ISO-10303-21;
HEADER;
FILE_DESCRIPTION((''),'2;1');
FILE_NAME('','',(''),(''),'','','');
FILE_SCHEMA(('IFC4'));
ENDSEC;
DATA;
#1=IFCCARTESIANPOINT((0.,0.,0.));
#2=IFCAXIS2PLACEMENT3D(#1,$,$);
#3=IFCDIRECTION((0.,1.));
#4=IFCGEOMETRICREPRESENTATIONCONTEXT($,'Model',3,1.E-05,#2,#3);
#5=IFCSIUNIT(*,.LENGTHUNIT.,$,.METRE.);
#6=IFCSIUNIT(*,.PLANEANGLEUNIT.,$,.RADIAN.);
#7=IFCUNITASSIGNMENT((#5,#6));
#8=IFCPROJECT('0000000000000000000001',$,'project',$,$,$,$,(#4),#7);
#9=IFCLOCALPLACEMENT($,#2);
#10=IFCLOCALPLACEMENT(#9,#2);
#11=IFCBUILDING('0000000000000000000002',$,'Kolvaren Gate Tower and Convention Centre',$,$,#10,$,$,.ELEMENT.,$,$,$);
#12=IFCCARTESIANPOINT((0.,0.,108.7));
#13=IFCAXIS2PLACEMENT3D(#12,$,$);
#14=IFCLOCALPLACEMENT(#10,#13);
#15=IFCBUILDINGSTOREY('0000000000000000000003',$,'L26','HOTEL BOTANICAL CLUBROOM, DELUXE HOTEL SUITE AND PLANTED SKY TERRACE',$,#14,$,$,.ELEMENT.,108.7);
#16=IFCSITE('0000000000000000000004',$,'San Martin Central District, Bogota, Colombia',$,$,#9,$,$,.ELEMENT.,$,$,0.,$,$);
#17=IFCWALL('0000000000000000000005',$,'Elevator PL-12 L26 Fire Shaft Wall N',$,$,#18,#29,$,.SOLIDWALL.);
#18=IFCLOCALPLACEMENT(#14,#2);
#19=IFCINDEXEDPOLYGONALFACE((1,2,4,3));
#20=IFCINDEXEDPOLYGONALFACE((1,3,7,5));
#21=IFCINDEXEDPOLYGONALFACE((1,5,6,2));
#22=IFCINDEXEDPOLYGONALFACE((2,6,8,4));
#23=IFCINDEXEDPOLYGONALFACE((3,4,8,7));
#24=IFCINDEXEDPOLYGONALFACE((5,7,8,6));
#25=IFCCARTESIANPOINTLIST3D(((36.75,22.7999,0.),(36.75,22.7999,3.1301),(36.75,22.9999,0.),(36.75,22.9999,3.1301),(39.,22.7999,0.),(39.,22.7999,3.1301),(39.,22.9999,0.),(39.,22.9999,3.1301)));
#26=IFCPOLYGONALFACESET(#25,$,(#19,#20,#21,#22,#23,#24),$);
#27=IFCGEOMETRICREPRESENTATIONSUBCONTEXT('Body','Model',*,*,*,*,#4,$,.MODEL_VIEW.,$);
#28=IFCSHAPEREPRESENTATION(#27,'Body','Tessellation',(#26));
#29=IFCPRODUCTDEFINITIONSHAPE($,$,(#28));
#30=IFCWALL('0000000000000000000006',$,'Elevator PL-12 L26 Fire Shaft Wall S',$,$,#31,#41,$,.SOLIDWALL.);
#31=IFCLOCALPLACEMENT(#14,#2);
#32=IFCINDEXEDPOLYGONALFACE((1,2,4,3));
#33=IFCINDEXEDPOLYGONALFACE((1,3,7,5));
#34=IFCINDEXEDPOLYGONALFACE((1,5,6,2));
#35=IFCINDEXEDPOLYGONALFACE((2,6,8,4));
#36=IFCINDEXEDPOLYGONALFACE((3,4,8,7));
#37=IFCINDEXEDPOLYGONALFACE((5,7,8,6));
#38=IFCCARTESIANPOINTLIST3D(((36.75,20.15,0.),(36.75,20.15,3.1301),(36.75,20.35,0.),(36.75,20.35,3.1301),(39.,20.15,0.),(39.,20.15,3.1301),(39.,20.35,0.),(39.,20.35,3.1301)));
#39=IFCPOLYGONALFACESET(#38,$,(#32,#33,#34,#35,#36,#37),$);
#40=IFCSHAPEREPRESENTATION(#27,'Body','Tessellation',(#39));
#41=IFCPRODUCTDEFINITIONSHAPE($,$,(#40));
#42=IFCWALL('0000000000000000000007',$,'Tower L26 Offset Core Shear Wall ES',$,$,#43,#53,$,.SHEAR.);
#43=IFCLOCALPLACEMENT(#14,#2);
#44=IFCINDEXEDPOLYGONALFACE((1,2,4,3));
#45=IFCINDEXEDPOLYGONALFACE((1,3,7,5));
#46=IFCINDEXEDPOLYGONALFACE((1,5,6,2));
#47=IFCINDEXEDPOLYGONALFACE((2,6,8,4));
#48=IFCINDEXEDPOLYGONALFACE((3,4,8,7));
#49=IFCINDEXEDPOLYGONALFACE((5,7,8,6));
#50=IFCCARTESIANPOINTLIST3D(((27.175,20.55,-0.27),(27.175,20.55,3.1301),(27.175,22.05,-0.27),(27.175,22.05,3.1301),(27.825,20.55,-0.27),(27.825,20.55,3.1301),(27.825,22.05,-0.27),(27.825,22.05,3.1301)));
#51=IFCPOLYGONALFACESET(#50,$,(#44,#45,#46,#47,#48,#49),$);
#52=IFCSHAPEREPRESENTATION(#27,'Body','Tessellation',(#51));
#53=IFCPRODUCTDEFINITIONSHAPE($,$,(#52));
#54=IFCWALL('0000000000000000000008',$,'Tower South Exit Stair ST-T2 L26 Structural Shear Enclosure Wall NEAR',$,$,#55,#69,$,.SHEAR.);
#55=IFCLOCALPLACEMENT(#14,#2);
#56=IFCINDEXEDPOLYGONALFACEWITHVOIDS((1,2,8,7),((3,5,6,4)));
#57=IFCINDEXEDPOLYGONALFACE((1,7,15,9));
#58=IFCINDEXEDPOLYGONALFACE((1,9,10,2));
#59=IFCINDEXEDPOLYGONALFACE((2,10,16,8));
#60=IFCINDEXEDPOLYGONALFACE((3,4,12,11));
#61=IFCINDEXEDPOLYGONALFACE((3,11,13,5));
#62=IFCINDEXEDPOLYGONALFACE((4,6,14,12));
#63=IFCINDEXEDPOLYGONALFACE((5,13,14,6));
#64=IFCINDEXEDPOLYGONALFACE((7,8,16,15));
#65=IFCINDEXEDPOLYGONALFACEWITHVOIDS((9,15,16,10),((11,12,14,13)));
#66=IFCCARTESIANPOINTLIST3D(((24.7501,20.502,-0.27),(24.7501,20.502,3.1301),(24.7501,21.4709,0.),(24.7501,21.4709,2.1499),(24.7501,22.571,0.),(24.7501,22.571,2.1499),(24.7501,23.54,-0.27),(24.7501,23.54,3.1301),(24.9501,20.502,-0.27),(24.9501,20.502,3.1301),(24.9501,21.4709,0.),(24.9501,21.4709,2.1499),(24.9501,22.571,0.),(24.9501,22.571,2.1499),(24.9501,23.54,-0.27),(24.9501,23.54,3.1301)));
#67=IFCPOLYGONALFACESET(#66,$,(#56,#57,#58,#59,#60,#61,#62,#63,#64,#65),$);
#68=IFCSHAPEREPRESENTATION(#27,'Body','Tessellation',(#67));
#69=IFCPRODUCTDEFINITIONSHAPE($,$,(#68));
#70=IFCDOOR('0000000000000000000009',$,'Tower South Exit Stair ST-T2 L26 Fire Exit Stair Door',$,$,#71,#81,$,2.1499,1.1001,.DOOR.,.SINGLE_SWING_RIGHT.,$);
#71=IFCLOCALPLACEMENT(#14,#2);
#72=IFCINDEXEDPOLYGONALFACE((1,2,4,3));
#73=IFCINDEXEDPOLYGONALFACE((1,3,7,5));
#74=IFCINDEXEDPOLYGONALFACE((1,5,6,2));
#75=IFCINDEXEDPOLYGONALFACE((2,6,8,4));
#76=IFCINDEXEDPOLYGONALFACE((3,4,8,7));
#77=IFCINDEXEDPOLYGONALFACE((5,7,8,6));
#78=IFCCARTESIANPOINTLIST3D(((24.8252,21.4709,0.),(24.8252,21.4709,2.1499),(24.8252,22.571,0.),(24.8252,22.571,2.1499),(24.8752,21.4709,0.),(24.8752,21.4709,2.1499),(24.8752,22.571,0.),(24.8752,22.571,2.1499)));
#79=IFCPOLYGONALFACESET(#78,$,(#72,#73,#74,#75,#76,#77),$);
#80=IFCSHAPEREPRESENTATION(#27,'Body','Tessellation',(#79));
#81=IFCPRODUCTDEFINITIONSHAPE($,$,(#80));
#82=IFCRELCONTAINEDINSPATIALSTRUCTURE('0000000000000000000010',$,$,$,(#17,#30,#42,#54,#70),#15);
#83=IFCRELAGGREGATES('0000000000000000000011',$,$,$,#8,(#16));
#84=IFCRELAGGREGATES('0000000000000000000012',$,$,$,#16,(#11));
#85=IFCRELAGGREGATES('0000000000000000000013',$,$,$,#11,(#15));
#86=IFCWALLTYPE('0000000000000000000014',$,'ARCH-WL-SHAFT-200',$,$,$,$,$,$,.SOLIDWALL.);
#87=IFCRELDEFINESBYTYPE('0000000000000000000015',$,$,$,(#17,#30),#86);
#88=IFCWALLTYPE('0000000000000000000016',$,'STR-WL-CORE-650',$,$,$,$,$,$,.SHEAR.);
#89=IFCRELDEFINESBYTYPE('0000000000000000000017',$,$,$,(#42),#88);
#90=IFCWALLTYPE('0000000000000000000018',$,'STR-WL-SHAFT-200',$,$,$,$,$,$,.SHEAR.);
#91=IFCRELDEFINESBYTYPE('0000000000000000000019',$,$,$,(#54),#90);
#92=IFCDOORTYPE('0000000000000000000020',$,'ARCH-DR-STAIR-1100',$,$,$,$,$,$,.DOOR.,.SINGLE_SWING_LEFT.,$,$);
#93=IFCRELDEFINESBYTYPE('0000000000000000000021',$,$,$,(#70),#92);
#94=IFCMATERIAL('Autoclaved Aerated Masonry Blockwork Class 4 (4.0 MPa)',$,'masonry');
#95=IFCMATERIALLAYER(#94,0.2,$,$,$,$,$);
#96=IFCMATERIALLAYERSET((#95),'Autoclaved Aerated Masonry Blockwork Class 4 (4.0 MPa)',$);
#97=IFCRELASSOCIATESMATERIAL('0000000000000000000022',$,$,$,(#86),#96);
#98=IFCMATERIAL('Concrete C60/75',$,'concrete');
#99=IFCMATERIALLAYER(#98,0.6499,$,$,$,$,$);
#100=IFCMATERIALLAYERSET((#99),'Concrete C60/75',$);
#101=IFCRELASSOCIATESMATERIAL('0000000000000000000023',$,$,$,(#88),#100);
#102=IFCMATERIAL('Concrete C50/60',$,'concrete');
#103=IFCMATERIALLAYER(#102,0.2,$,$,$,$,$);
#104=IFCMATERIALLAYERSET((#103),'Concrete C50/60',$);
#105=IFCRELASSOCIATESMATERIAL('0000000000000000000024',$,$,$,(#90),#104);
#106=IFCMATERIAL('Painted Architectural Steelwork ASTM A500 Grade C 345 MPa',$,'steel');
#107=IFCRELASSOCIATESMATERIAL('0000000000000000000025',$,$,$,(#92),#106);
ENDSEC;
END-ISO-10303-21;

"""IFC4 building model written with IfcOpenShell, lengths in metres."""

from ifc_helpers import new_model, si_unit, direction, frame, frame_2d, origin, place, context, subcontext, project, spatial, rectangle, extrude, material, layer, layer_set, type_object, element, fill, save


model = new_model("IFC4")

# Units and contexts
model_context = context("Model", 3, precision=1e-05, world=origin(), true_north=direction((0.0, 1.0)))
body_context = subcontext(model_context, "Body", "Model", "MODEL_VIEW")
ifc_project = project(units=[si_unit("LENGTHUNIT", "METRE"), si_unit("PLANEANGLEUNIT", "RADIAN")], contexts=[model_context])

# Site, building, storey
site_placement = place(None, origin())
site = spatial("IfcSite", under=ifc_project, at=site_placement, Name="San Martin Central District, Bogota, Colombia", CompositionType="ELEMENT", RefElevation=0.0)
building_placement = place(site_placement, origin())
building = spatial("IfcBuilding", under=site, at=building_placement, Name="Kolvaren Gate Tower and Convention Centre", CompositionType="ELEMENT")
storey_placement = place(building_placement, frame((0.0, 0.0, 108.7)))
storey = spatial("IfcBuildingStorey", under=building, at=storey_placement, Name="L26", Description="HOTEL BOTANICAL CLUBROOM, DELUXE HOTEL SUITE AND PLANTED SKY TERRACE", CompositionType="ELEMENT", Elevation=108.7)

# Shared definitions
ifc_material_1 = material(Name="Autoclaved Aerated Masonry Blockwork Class 4 (4.0 MPa)", Category="masonry")

# Shared definitions
ifc_material_2 = material(Name="Painted Architectural Steelwork ASTM A500 Grade C 345 MPa", Category="steel")

# Shared definitions
ifc_layer_1 = layer(ifc_material_1, 0.2)
ifc_layer_set_1 = layer_set([ifc_layer_1], Name="Autoclaved Aerated Masonry Blockwork Class 4 (4.0 MPa)")
wall_type_1 = type_object("IfcWallType", Name="ARCH-WL-SHAFT-200", PredefinedType="SOLIDWALL", material=ifc_layer_set_1)

# Walls
for number, where, z_axis, x_axis, name in (
    (1, (36.75, 22.8999, 0.0), (0.0, 0.0, 1.0), (1.0, 0.0, 0.0), "Elevator PL-12 L26 Fire Shaft Wall N"),
    (2, (36.75, 20.25, 0.0), (0.0, 0.0, 1.0), (1.0, 0.0, 0.0), "Elevator PL-12 L26 Fire Shaft Wall S"),
):
    element("IfcWall", number, at=place(storey_placement, frame(where, z_axis=z_axis, x_axis=x_axis)), inside=storey, type_object=wall_type_1, Name=name, PredefinedType="SOLIDWALL", context=body_context, shape_type="SweptSolid", body=[
        extrude(rectangle(XDim=2.25, YDim=0.2, at=frame_2d((1.125, 0.0))), origin(), (0.0, 0.0, 1.0), 3.1301),
    ])
ifc_material_3 = material(Name="Concrete C60/75", Category="concrete")
ifc_layer_2 = layer(ifc_material_3, 0.6499)
ifc_layer_set_2 = layer_set([ifc_layer_2], Name="Concrete C60/75")
wall_type_2 = type_object("IfcWallType", Name="STR-WL-CORE-650", PredefinedType="SHEAR", material=ifc_layer_set_2)
wall_1_placement = place(storey_placement, frame((27.5, 20.55, -0.27), z_axis=(0.0, 0.0, 1.0), x_axis=(0.0, 1.0, 0.0)))
element("IfcWall", 3, at=wall_1_placement, inside=storey, type_object=wall_type_2, Name="Tower L26 Offset Core Shear Wall ES", PredefinedType="SHEAR", context=body_context, shape_type="SweptSolid", body=[
    extrude(rectangle(XDim=1.5, YDim=0.6499, at=frame_2d((0.75, 0.0))), origin(), (0.0, 0.0, 1.0), 3.4001),
])

# Wall, opening, door
ifc_material_4 = material(Name="Concrete C50/60", Category="concrete")
ifc_layer_3 = layer(ifc_material_4, 0.2)
ifc_layer_set_3 = layer_set([ifc_layer_3], Name="Concrete C50/60")
wall_type_3 = type_object("IfcWallType", Name="STR-WL-SHAFT-200", PredefinedType="SHEAR", material=ifc_layer_set_3)
wall_2_placement = place(storey_placement, frame((24.8501, 20.502, -0.27), z_axis=(0.0, 0.0, 1.0), x_axis=(0.0, 1.0, 0.0)))
wall_2 = element("IfcWall", 4, at=wall_2_placement, inside=storey, type_object=wall_type_3, Name="Tower South Exit Stair ST-T2 L26 Structural Shear Enclosure Wall NEAR", PredefinedType="SHEAR", context=body_context, shape_type="SweptSolid", body=[
    extrude(rectangle(XDim=3.0381, YDim=0.2, at=frame_2d((1.519, 0.0))), origin(), (0.0, 0.0, 1.0), 3.4001),
])
opening_1_placement = place(wall_2_placement, frame((0.969, 0.0, 0.27)))
opening_1 = element("IfcOpeningElement", 5, at=opening_1_placement, cuts=wall_2, PredefinedType="OPENING", context=body_context, shape_type="SweptSolid", body=[
    extrude(rectangle(XDim=1.1001, YDim=2.1499, at=frame_2d((0.55, 1.075))), frame((0.0, 0.1099, 0.0), z_axis=(0.0, -1.0, 0.0), x_axis=(1.0, 0.0, 0.0)), (0.0, 0.0, 1.0), 0.22),
])
door_type_1 = type_object("IfcDoorType", Name="ARCH-DR-STAIR-1100", OperationType="SINGLE_SWING_LEFT", PredefinedType="DOOR", material=ifc_material_2)
door_1_placement = place(opening_1_placement, origin())
door_1 = element("IfcDoor", 6, at=door_1_placement, inside=storey, type_object=door_type_1, Name="Tower South Exit Stair ST-T2 L26 Fire Exit Stair Door", OperationType="SINGLE_SWING_RIGHT", OverallHeight=2.1499, OverallWidth=1.1001, PredefinedType="DOOR", context=body_context, shape_type="SweptSolid", body=[
    extrude(rectangle(XDim=1.1001, YDim=2.1499, at=frame_2d((0.55, 1.075))), frame((0.0, 0.0249, 0.0), z_axis=(0.0, -1.0, 0.0), x_axis=(1.0, 0.0, 0.0)), (0.0, 0.0, 1.0), 0.05),
])
fill(opening_1, door_1)

save(model, "model.ifc")
